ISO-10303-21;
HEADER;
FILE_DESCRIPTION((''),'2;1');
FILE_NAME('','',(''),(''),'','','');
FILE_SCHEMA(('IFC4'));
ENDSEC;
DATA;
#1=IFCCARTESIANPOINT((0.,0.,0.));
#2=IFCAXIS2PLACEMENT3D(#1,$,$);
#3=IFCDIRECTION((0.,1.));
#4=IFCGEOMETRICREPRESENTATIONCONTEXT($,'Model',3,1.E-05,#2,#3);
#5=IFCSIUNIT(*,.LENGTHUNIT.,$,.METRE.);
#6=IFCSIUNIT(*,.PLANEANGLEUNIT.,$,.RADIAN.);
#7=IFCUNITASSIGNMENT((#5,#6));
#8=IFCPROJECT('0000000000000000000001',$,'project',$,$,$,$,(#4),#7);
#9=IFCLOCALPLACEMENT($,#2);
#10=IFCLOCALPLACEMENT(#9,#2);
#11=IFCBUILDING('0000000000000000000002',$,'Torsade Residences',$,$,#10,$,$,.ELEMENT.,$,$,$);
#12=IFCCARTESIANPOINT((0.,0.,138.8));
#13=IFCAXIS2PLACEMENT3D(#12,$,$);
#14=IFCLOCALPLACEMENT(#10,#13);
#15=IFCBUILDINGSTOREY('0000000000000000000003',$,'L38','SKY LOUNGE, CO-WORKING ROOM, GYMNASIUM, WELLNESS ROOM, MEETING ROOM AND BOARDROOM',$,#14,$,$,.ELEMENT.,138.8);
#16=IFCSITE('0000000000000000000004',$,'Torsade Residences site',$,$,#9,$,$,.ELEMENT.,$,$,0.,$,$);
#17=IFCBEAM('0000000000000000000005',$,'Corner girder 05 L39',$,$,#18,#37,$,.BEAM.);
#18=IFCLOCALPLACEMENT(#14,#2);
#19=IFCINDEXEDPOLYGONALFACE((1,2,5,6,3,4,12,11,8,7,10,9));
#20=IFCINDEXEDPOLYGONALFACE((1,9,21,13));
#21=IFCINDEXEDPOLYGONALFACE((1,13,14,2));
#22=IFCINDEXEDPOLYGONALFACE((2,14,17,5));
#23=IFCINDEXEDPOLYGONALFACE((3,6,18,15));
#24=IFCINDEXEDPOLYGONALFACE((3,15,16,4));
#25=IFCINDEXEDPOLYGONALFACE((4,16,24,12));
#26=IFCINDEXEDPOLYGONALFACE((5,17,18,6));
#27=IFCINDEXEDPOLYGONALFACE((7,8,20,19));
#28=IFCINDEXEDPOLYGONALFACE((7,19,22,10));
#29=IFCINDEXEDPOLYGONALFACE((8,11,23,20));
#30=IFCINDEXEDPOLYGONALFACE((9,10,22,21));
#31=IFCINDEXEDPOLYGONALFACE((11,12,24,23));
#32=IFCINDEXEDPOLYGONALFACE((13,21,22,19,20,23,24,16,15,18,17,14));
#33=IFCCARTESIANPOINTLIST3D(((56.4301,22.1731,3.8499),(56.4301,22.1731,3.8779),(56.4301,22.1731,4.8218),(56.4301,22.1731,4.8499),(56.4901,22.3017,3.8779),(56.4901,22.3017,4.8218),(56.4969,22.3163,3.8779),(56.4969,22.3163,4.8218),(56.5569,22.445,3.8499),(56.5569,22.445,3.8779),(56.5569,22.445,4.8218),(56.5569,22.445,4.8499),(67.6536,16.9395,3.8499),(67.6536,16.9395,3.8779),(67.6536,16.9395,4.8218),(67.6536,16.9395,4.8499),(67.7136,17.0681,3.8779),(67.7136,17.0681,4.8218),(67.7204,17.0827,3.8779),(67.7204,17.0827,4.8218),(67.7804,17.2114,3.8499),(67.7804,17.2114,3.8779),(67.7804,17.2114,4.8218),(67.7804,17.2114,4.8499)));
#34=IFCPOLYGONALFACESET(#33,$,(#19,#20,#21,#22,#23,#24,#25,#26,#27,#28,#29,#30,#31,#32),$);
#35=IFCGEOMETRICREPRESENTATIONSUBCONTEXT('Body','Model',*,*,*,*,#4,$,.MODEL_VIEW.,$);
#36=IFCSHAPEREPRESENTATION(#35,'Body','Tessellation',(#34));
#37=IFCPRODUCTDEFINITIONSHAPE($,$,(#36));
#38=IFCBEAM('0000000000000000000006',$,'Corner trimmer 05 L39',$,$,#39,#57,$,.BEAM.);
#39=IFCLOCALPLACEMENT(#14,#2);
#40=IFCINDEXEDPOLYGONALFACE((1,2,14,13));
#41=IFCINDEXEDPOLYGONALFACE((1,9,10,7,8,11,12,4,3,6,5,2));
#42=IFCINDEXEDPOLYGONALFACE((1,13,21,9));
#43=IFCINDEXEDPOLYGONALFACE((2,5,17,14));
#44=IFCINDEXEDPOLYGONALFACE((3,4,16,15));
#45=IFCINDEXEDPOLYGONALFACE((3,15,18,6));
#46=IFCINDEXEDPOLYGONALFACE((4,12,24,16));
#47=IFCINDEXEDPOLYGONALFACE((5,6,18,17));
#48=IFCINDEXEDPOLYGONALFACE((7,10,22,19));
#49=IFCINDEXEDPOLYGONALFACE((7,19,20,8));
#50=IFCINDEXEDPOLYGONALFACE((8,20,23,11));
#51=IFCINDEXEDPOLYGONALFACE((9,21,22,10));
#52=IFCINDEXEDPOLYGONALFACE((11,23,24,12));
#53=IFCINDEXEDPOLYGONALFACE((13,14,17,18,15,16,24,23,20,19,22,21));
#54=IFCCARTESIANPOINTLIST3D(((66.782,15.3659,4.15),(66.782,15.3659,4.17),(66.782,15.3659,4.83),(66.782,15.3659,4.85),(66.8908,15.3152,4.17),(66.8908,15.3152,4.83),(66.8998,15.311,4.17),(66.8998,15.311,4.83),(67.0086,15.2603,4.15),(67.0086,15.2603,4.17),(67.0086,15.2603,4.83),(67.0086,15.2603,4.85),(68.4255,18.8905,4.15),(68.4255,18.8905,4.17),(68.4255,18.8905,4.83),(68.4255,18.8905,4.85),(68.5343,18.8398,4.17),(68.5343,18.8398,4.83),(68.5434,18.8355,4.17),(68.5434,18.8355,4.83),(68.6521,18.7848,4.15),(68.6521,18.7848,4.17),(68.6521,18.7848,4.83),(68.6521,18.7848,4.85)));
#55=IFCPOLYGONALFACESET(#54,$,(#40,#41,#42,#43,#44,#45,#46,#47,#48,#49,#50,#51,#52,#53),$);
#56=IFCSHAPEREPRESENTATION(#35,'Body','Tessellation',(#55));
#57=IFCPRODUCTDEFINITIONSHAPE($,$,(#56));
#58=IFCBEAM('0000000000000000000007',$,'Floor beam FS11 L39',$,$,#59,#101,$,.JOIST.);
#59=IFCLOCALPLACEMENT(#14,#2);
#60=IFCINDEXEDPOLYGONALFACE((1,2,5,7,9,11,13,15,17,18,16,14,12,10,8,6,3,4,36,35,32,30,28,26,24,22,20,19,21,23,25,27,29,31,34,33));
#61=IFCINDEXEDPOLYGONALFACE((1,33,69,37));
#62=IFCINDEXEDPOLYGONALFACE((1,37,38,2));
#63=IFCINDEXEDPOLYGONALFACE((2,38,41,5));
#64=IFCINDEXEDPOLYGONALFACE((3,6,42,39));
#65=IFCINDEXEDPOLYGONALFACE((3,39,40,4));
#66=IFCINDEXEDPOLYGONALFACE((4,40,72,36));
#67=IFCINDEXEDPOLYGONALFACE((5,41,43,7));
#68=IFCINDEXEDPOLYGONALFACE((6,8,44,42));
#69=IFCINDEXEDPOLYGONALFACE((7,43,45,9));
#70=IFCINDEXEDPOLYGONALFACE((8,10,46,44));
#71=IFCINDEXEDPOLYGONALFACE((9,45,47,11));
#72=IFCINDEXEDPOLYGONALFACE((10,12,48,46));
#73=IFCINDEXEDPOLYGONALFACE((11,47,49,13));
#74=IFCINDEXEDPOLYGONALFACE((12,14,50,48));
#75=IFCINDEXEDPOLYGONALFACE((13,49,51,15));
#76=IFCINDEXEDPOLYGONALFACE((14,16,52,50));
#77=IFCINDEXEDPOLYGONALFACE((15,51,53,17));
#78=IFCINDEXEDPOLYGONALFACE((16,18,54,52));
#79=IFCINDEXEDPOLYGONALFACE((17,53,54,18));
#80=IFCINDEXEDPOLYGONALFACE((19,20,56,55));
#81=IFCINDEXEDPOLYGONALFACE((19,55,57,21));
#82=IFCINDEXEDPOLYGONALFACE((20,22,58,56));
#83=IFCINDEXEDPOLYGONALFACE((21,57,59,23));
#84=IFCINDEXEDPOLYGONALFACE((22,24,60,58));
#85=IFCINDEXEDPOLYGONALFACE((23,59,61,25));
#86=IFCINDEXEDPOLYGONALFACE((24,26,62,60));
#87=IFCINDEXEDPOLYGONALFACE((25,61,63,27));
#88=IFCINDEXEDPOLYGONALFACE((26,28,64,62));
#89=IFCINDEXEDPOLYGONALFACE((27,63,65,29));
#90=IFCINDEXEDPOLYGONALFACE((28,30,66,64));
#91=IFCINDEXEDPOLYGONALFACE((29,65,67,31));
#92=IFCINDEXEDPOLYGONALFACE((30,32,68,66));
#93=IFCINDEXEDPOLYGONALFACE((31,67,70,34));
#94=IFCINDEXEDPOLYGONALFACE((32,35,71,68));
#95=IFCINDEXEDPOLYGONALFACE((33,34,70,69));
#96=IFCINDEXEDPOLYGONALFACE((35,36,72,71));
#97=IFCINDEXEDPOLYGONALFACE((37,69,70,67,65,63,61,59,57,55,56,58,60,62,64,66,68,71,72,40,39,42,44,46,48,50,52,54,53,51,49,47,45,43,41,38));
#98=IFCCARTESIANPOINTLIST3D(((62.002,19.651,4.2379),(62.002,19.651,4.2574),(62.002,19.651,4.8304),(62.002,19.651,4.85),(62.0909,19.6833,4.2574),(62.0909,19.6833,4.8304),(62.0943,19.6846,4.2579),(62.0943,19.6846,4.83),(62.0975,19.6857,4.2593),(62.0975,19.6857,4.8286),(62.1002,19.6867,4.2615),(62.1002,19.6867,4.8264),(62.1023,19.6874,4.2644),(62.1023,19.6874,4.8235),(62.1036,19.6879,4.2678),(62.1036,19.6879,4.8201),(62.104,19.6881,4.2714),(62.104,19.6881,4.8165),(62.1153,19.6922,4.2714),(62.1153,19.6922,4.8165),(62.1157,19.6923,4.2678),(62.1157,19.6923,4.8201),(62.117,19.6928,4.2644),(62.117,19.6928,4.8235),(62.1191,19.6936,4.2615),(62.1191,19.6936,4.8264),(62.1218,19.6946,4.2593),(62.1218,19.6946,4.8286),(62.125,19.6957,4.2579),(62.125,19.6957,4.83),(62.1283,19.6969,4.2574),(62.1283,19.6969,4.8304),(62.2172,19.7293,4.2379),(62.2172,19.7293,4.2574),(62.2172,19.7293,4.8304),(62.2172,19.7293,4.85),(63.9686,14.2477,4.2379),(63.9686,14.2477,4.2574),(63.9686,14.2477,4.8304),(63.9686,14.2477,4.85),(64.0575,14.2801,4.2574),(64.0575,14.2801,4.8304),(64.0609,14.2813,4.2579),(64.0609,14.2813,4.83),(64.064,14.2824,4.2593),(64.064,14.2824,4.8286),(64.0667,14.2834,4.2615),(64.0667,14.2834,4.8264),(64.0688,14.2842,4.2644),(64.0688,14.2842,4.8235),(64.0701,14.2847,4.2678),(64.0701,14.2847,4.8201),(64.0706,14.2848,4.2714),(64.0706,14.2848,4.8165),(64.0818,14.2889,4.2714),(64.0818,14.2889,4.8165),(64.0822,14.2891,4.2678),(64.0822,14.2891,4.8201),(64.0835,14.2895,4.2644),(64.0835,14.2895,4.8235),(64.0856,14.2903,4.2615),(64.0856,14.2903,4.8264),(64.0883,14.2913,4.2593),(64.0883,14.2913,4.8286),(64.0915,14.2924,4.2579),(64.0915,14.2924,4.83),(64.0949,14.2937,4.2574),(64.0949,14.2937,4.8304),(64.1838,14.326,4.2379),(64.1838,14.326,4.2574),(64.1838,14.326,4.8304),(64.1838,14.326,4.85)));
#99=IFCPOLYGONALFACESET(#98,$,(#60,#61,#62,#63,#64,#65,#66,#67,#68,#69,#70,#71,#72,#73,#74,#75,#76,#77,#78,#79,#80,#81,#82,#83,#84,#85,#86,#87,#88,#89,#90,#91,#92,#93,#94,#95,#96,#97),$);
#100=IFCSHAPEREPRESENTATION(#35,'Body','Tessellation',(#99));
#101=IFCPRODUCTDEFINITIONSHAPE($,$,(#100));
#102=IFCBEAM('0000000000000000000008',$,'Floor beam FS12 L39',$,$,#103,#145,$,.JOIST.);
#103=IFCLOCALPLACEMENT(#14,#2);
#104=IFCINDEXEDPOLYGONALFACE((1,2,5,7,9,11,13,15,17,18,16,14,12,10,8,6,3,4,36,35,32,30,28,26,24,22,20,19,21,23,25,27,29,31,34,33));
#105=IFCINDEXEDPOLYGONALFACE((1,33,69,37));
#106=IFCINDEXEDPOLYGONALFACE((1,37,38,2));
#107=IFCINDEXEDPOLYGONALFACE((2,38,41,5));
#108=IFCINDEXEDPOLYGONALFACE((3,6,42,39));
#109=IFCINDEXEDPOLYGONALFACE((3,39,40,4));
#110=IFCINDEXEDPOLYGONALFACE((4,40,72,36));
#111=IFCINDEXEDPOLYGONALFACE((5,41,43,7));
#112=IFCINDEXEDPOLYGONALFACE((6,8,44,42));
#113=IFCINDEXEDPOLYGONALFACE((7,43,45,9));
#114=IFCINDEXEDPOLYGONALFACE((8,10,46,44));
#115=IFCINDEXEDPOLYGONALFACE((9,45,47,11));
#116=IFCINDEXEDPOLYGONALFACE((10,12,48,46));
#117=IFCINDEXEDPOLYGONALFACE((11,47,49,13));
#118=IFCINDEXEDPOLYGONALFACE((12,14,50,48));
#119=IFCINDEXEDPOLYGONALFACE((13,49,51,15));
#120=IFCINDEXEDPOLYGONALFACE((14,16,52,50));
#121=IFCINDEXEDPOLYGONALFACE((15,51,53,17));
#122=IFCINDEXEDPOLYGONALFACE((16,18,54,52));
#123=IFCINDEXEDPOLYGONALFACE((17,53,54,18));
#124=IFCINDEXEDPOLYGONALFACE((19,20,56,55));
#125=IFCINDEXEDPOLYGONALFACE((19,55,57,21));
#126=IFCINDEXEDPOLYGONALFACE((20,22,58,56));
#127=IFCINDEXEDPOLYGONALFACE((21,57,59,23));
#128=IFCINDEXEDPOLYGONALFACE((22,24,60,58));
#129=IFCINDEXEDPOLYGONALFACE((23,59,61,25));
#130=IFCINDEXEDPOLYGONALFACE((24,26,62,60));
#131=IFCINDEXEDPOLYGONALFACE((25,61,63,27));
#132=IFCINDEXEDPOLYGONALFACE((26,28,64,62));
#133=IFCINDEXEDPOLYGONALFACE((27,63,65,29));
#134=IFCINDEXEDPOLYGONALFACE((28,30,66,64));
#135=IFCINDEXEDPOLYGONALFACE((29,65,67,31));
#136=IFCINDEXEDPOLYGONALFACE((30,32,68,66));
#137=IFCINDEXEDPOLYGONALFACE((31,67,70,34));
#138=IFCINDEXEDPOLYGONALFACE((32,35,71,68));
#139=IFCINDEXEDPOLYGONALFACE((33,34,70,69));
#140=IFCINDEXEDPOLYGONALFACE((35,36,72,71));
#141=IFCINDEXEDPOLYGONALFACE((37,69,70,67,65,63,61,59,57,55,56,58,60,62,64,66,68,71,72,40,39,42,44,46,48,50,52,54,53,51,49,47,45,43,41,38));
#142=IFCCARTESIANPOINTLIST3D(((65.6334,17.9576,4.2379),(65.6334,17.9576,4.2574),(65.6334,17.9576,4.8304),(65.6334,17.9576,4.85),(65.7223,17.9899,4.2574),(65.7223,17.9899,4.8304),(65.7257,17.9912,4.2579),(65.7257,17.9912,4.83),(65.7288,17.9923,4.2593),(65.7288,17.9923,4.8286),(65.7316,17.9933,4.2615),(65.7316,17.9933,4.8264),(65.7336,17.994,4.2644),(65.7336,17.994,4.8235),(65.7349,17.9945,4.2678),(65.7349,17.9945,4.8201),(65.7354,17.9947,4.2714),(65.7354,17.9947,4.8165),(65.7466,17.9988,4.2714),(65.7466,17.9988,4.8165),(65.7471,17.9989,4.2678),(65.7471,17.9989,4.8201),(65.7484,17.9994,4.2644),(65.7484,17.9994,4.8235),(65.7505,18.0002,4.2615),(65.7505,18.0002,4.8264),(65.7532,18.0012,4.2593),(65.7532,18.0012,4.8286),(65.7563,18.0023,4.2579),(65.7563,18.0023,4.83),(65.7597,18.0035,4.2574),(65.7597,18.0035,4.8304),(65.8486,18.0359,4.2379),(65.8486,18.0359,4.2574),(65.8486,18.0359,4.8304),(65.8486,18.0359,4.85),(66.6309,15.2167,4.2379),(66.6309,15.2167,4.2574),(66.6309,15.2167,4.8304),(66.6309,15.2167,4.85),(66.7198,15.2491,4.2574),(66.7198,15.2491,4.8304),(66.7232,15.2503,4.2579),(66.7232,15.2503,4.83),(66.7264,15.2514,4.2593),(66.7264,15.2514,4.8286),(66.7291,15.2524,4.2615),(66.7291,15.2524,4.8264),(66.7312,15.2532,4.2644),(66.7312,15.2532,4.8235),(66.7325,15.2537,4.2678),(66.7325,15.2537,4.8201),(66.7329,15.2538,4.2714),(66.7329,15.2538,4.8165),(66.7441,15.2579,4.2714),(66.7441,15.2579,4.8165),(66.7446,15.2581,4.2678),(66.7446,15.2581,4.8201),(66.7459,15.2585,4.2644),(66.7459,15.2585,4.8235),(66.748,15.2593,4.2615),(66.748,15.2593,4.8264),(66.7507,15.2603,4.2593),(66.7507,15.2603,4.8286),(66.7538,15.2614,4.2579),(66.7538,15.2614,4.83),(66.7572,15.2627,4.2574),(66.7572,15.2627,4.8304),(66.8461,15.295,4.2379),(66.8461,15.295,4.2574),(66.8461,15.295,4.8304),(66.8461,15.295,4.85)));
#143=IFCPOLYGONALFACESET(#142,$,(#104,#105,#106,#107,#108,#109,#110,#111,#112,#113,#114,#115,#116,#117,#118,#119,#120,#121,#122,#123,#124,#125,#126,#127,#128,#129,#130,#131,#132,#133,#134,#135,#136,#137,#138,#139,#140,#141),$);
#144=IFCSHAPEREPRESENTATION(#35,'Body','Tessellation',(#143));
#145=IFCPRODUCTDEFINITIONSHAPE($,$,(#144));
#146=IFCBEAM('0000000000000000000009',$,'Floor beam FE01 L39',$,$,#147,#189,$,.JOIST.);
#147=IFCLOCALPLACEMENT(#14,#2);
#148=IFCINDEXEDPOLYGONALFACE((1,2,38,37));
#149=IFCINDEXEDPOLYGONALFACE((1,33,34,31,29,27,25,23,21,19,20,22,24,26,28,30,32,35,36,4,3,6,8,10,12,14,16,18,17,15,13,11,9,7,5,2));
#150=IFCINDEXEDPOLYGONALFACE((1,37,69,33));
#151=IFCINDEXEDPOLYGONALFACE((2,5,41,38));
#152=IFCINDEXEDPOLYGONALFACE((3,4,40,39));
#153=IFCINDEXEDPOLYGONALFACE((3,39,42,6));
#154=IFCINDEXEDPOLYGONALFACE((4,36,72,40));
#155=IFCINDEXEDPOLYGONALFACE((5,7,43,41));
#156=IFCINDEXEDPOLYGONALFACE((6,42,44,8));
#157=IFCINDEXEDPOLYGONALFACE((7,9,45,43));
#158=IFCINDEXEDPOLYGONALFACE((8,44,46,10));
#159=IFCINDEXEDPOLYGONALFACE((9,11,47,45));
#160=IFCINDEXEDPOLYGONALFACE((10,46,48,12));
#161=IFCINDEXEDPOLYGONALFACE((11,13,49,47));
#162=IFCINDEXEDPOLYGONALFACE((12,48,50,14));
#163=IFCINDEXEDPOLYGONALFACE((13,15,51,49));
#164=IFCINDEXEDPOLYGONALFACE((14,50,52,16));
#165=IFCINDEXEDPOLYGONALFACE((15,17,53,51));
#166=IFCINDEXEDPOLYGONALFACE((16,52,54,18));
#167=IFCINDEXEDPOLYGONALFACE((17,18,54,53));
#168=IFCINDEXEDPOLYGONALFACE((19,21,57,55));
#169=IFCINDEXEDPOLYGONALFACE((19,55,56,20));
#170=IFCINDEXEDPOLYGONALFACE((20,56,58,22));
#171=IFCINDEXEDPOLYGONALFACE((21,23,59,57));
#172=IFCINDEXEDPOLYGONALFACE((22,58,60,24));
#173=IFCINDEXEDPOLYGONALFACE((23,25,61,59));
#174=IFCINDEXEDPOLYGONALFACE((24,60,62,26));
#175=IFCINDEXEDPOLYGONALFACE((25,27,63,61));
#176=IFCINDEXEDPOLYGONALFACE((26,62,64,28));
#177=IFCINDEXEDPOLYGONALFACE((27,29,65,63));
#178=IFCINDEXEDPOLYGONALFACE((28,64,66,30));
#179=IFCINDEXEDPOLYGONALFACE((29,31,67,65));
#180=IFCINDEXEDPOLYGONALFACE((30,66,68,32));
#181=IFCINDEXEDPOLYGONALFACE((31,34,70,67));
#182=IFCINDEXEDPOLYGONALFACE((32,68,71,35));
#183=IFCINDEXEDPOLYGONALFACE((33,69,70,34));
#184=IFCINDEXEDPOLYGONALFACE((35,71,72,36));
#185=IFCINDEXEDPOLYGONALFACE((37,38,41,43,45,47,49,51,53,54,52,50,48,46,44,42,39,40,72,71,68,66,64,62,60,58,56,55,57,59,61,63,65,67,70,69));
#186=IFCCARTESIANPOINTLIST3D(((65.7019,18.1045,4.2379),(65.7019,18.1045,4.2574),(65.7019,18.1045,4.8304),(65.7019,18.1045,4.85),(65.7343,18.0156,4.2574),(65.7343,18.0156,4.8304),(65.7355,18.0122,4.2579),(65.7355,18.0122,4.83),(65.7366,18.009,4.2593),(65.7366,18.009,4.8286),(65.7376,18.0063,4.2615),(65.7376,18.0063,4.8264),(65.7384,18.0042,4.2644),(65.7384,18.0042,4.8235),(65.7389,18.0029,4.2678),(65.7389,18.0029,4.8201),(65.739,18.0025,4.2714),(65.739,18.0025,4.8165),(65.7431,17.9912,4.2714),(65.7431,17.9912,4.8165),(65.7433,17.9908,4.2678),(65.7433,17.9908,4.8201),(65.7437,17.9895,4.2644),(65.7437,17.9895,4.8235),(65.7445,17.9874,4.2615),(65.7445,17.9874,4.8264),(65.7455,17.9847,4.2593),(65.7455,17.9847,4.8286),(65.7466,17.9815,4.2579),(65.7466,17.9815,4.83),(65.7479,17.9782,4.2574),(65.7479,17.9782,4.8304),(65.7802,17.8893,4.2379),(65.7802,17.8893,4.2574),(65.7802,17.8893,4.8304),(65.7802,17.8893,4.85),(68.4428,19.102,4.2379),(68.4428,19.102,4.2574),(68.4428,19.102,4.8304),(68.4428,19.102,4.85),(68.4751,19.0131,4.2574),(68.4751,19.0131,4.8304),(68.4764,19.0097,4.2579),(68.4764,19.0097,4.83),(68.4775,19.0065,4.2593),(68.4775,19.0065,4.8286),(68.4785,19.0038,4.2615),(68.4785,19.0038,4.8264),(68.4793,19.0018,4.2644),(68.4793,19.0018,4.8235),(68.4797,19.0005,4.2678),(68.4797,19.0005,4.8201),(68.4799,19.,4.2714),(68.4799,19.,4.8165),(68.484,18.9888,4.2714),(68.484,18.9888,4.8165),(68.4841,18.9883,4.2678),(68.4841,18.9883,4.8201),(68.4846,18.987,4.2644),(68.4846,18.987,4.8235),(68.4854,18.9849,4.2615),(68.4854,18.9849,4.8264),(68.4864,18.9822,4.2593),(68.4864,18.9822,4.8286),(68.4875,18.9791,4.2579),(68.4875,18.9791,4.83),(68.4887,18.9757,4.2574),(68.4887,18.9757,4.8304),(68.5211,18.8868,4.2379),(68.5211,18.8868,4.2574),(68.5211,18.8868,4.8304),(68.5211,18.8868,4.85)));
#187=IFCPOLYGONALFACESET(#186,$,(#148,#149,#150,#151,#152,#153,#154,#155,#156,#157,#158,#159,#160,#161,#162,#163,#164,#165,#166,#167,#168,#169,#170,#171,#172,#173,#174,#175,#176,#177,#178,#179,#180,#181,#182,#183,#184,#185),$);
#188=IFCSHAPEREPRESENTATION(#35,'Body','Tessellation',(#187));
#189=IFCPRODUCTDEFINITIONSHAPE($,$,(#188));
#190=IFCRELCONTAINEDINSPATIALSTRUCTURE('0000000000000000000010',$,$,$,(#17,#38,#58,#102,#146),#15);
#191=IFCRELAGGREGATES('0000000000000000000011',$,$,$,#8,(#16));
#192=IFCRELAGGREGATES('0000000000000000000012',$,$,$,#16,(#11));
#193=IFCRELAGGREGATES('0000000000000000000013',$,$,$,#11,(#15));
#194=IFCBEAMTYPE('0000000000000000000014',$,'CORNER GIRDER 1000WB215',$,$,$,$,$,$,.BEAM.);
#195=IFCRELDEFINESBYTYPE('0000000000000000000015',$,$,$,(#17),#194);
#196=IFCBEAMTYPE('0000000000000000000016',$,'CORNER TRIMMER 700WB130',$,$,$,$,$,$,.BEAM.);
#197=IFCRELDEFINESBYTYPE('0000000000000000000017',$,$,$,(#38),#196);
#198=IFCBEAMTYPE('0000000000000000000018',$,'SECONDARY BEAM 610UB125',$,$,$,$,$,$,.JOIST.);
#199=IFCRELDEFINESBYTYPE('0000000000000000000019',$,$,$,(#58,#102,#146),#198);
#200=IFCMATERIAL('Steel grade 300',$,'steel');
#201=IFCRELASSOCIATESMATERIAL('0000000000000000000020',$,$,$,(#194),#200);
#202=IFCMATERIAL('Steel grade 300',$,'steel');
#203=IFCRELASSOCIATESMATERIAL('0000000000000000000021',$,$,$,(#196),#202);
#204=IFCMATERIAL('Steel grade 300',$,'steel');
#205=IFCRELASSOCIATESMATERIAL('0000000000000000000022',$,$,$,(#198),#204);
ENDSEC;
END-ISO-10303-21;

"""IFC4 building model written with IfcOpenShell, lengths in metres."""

from ifc_helpers import new_model, si_unit, direction, frame, origin, origin_2d, place, context, subcontext, project, spatial, i_section, extrude, material, material_profile, profile_set, type_object, element, save


model = new_model("IFC4")

# Units and contexts
model_context = context("Model", 3, precision=1e-05, world=origin(), true_north=direction((0.0, 1.0)))
body_context = subcontext(model_context, "Body", "Model", "MODEL_VIEW")
ifc_project = project(units=[si_unit("LENGTHUNIT", "METRE"), si_unit("PLANEANGLEUNIT", "RADIAN")], contexts=[model_context])

# Site, building, storey
site_placement = place(None, origin())
site = spatial("IfcSite", under=ifc_project, at=site_placement, Name="Torsade Residences site", CompositionType="ELEMENT", RefElevation=0.0)
building_placement = place(site_placement, origin())
building = spatial("IfcBuilding", under=site, at=building_placement, Name="Torsade Residences", CompositionType="ELEMENT")
storey_placement = place(building_placement, frame((0.0, 0.0, 138.8)))
storey = spatial("IfcBuildingStorey", under=building, at=storey_placement, Name="L38", Description="SKY LOUNGE, CO-WORKING ROOM, GYMNASIUM, WELLNESS ROOM, MEETING ROOM AND BOARDROOM", CompositionType="ELEMENT", Elevation=138.8)

# Beams
ifc_material_1 = material(Name="Steel grade 300", Category="steel")
ifc_material_profile_1 = material_profile(ifc_material_1, i_section(OverallWidth=0.3, OverallDepth=1.0, WebThickness=0.0161, FlangeThickness=0.0281, at=origin_2d()), Name="1000WB215")
ifc_profile_set_1 = profile_set([ifc_material_profile_1], Name="Steel grade 300")
beam_type_1 = type_object("IfcBeamType", Name="CORNER GIRDER 1000WB215", PredefinedType="BEAM", material=ifc_profile_set_1)
beam_1_placement = place(storey_placement, frame((67.717, 17.0754, 4.3499), z_axis=(-0.906309, 0.422617, 0.0), x_axis=(-0.422617, -0.906309, 0.0)))
element("IfcBeam", 1, at=beam_1_placement, inside=storey, type_object=beam_type_1, Name="Corner girder 05 L39", PredefinedType="BEAM", context=body_context, shape_type="SweptSolid", body=[
    extrude(i_section(OverallWidth=0.3, OverallDepth=1.0, WebThickness=0.0161, FlangeThickness=0.0281, at=origin_2d()), origin(), (0.0, 0.0, 1.0), 12.3838),
])
ifc_material_2 = material(Name="Steel grade 300", Category="steel")
ifc_material_profile_2 = material_profile(ifc_material_2, i_section(OverallWidth=0.25, OverallDepth=0.7, WebThickness=0.01, FlangeThickness=0.02, at=origin_2d()), Name="700WB130")
ifc_profile_set_2 = profile_set([ifc_material_profile_2], Name="Steel grade 300")
beam_type_2 = type_object("IfcBeamType", Name="CORNER TRIMMER 700WB130", PredefinedType="BEAM", material=ifc_profile_set_2)
beam_2_placement = place(storey_placement, frame((68.5388, 18.8376, 4.5), z_axis=(-0.422614, -0.90631, 0.0), x_axis=(0.90631, -0.422614, 0.0)))
element("IfcBeam", 2, at=beam_2_placement, inside=storey, type_object=beam_type_2, Name="Corner trimmer 05 L39", PredefinedType="BEAM", context=body_context, shape_type="SweptSolid", body=[
    extrude(i_section(OverallWidth=0.25, OverallDepth=0.7, WebThickness=0.01, FlangeThickness=0.02, at=origin_2d()), origin(), (0.0, 0.0, 1.0), 3.8889),
])
ifc_material_3 = material(Name="Steel grade 300", Category="steel")
ifc_material_profile_3 = material_profile(ifc_material_3, i_section(OverallWidth=0.229, OverallDepth=0.6121, WebThickness=0.012, FlangeThickness=0.0195, FilletRadius=0.0139, at=origin_2d()), Name="610UB125")
ifc_profile_set_3 = profile_set([ifc_material_profile_3], Name="Steel grade 300")
beam_type_3 = type_object("IfcBeamType", Name="SECONDARY BEAM 610UB125", PredefinedType="JOIST", material=ifc_profile_set_3)
beam_3_placement = place(storey_placement, frame((64.0762, 14.2869, 4.5439), z_axis=(-0.342006, 0.939698, 0.0), x_axis=(-0.939698, -0.342006, 0.0)))
element("IfcBeam", 3, at=beam_3_placement, inside=storey, type_object=beam_type_3, Name="Floor beam FS11 L39", PredefinedType="JOIST", context=body_context, shape_type="SweptSolid", body=[
    extrude(i_section(OverallWidth=0.229, OverallDepth=0.6121, WebThickness=0.012, FlangeThickness=0.0195, FilletRadius=0.0139, at=origin_2d()), origin(), (0.0, 0.0, 1.0), 5.75),
])
for number, where, z_axis, x_axis, name in (
    (4, (66.7385, 15.2559, 4.5439), (-0.341998, 0.939701, 0.0), (-0.939701, -0.341998, 0.0), "Floor beam FS12 L39"),
    (5, (68.4819, 18.9944, 4.5439), (-0.939701, -0.341998, 0.0), (0.341998, -0.939701, 0.0), "Floor beam FE01 L39"),
):
    element("IfcBeam", number, at=place(storey_placement, frame(where, z_axis=z_axis, x_axis=x_axis)), inside=storey, type_object=beam_type_3, Name=name, PredefinedType="JOIST", context=body_context, shape_type="SweptSolid", body=[
        extrude(i_section(OverallWidth=0.229, OverallDepth=0.6121, WebThickness=0.012, FlangeThickness=0.0195, FilletRadius=0.0139, at=origin_2d()), origin(), (0.0, 0.0, 1.0), 2.9167),
    ])

save(model, "model.ifc")
